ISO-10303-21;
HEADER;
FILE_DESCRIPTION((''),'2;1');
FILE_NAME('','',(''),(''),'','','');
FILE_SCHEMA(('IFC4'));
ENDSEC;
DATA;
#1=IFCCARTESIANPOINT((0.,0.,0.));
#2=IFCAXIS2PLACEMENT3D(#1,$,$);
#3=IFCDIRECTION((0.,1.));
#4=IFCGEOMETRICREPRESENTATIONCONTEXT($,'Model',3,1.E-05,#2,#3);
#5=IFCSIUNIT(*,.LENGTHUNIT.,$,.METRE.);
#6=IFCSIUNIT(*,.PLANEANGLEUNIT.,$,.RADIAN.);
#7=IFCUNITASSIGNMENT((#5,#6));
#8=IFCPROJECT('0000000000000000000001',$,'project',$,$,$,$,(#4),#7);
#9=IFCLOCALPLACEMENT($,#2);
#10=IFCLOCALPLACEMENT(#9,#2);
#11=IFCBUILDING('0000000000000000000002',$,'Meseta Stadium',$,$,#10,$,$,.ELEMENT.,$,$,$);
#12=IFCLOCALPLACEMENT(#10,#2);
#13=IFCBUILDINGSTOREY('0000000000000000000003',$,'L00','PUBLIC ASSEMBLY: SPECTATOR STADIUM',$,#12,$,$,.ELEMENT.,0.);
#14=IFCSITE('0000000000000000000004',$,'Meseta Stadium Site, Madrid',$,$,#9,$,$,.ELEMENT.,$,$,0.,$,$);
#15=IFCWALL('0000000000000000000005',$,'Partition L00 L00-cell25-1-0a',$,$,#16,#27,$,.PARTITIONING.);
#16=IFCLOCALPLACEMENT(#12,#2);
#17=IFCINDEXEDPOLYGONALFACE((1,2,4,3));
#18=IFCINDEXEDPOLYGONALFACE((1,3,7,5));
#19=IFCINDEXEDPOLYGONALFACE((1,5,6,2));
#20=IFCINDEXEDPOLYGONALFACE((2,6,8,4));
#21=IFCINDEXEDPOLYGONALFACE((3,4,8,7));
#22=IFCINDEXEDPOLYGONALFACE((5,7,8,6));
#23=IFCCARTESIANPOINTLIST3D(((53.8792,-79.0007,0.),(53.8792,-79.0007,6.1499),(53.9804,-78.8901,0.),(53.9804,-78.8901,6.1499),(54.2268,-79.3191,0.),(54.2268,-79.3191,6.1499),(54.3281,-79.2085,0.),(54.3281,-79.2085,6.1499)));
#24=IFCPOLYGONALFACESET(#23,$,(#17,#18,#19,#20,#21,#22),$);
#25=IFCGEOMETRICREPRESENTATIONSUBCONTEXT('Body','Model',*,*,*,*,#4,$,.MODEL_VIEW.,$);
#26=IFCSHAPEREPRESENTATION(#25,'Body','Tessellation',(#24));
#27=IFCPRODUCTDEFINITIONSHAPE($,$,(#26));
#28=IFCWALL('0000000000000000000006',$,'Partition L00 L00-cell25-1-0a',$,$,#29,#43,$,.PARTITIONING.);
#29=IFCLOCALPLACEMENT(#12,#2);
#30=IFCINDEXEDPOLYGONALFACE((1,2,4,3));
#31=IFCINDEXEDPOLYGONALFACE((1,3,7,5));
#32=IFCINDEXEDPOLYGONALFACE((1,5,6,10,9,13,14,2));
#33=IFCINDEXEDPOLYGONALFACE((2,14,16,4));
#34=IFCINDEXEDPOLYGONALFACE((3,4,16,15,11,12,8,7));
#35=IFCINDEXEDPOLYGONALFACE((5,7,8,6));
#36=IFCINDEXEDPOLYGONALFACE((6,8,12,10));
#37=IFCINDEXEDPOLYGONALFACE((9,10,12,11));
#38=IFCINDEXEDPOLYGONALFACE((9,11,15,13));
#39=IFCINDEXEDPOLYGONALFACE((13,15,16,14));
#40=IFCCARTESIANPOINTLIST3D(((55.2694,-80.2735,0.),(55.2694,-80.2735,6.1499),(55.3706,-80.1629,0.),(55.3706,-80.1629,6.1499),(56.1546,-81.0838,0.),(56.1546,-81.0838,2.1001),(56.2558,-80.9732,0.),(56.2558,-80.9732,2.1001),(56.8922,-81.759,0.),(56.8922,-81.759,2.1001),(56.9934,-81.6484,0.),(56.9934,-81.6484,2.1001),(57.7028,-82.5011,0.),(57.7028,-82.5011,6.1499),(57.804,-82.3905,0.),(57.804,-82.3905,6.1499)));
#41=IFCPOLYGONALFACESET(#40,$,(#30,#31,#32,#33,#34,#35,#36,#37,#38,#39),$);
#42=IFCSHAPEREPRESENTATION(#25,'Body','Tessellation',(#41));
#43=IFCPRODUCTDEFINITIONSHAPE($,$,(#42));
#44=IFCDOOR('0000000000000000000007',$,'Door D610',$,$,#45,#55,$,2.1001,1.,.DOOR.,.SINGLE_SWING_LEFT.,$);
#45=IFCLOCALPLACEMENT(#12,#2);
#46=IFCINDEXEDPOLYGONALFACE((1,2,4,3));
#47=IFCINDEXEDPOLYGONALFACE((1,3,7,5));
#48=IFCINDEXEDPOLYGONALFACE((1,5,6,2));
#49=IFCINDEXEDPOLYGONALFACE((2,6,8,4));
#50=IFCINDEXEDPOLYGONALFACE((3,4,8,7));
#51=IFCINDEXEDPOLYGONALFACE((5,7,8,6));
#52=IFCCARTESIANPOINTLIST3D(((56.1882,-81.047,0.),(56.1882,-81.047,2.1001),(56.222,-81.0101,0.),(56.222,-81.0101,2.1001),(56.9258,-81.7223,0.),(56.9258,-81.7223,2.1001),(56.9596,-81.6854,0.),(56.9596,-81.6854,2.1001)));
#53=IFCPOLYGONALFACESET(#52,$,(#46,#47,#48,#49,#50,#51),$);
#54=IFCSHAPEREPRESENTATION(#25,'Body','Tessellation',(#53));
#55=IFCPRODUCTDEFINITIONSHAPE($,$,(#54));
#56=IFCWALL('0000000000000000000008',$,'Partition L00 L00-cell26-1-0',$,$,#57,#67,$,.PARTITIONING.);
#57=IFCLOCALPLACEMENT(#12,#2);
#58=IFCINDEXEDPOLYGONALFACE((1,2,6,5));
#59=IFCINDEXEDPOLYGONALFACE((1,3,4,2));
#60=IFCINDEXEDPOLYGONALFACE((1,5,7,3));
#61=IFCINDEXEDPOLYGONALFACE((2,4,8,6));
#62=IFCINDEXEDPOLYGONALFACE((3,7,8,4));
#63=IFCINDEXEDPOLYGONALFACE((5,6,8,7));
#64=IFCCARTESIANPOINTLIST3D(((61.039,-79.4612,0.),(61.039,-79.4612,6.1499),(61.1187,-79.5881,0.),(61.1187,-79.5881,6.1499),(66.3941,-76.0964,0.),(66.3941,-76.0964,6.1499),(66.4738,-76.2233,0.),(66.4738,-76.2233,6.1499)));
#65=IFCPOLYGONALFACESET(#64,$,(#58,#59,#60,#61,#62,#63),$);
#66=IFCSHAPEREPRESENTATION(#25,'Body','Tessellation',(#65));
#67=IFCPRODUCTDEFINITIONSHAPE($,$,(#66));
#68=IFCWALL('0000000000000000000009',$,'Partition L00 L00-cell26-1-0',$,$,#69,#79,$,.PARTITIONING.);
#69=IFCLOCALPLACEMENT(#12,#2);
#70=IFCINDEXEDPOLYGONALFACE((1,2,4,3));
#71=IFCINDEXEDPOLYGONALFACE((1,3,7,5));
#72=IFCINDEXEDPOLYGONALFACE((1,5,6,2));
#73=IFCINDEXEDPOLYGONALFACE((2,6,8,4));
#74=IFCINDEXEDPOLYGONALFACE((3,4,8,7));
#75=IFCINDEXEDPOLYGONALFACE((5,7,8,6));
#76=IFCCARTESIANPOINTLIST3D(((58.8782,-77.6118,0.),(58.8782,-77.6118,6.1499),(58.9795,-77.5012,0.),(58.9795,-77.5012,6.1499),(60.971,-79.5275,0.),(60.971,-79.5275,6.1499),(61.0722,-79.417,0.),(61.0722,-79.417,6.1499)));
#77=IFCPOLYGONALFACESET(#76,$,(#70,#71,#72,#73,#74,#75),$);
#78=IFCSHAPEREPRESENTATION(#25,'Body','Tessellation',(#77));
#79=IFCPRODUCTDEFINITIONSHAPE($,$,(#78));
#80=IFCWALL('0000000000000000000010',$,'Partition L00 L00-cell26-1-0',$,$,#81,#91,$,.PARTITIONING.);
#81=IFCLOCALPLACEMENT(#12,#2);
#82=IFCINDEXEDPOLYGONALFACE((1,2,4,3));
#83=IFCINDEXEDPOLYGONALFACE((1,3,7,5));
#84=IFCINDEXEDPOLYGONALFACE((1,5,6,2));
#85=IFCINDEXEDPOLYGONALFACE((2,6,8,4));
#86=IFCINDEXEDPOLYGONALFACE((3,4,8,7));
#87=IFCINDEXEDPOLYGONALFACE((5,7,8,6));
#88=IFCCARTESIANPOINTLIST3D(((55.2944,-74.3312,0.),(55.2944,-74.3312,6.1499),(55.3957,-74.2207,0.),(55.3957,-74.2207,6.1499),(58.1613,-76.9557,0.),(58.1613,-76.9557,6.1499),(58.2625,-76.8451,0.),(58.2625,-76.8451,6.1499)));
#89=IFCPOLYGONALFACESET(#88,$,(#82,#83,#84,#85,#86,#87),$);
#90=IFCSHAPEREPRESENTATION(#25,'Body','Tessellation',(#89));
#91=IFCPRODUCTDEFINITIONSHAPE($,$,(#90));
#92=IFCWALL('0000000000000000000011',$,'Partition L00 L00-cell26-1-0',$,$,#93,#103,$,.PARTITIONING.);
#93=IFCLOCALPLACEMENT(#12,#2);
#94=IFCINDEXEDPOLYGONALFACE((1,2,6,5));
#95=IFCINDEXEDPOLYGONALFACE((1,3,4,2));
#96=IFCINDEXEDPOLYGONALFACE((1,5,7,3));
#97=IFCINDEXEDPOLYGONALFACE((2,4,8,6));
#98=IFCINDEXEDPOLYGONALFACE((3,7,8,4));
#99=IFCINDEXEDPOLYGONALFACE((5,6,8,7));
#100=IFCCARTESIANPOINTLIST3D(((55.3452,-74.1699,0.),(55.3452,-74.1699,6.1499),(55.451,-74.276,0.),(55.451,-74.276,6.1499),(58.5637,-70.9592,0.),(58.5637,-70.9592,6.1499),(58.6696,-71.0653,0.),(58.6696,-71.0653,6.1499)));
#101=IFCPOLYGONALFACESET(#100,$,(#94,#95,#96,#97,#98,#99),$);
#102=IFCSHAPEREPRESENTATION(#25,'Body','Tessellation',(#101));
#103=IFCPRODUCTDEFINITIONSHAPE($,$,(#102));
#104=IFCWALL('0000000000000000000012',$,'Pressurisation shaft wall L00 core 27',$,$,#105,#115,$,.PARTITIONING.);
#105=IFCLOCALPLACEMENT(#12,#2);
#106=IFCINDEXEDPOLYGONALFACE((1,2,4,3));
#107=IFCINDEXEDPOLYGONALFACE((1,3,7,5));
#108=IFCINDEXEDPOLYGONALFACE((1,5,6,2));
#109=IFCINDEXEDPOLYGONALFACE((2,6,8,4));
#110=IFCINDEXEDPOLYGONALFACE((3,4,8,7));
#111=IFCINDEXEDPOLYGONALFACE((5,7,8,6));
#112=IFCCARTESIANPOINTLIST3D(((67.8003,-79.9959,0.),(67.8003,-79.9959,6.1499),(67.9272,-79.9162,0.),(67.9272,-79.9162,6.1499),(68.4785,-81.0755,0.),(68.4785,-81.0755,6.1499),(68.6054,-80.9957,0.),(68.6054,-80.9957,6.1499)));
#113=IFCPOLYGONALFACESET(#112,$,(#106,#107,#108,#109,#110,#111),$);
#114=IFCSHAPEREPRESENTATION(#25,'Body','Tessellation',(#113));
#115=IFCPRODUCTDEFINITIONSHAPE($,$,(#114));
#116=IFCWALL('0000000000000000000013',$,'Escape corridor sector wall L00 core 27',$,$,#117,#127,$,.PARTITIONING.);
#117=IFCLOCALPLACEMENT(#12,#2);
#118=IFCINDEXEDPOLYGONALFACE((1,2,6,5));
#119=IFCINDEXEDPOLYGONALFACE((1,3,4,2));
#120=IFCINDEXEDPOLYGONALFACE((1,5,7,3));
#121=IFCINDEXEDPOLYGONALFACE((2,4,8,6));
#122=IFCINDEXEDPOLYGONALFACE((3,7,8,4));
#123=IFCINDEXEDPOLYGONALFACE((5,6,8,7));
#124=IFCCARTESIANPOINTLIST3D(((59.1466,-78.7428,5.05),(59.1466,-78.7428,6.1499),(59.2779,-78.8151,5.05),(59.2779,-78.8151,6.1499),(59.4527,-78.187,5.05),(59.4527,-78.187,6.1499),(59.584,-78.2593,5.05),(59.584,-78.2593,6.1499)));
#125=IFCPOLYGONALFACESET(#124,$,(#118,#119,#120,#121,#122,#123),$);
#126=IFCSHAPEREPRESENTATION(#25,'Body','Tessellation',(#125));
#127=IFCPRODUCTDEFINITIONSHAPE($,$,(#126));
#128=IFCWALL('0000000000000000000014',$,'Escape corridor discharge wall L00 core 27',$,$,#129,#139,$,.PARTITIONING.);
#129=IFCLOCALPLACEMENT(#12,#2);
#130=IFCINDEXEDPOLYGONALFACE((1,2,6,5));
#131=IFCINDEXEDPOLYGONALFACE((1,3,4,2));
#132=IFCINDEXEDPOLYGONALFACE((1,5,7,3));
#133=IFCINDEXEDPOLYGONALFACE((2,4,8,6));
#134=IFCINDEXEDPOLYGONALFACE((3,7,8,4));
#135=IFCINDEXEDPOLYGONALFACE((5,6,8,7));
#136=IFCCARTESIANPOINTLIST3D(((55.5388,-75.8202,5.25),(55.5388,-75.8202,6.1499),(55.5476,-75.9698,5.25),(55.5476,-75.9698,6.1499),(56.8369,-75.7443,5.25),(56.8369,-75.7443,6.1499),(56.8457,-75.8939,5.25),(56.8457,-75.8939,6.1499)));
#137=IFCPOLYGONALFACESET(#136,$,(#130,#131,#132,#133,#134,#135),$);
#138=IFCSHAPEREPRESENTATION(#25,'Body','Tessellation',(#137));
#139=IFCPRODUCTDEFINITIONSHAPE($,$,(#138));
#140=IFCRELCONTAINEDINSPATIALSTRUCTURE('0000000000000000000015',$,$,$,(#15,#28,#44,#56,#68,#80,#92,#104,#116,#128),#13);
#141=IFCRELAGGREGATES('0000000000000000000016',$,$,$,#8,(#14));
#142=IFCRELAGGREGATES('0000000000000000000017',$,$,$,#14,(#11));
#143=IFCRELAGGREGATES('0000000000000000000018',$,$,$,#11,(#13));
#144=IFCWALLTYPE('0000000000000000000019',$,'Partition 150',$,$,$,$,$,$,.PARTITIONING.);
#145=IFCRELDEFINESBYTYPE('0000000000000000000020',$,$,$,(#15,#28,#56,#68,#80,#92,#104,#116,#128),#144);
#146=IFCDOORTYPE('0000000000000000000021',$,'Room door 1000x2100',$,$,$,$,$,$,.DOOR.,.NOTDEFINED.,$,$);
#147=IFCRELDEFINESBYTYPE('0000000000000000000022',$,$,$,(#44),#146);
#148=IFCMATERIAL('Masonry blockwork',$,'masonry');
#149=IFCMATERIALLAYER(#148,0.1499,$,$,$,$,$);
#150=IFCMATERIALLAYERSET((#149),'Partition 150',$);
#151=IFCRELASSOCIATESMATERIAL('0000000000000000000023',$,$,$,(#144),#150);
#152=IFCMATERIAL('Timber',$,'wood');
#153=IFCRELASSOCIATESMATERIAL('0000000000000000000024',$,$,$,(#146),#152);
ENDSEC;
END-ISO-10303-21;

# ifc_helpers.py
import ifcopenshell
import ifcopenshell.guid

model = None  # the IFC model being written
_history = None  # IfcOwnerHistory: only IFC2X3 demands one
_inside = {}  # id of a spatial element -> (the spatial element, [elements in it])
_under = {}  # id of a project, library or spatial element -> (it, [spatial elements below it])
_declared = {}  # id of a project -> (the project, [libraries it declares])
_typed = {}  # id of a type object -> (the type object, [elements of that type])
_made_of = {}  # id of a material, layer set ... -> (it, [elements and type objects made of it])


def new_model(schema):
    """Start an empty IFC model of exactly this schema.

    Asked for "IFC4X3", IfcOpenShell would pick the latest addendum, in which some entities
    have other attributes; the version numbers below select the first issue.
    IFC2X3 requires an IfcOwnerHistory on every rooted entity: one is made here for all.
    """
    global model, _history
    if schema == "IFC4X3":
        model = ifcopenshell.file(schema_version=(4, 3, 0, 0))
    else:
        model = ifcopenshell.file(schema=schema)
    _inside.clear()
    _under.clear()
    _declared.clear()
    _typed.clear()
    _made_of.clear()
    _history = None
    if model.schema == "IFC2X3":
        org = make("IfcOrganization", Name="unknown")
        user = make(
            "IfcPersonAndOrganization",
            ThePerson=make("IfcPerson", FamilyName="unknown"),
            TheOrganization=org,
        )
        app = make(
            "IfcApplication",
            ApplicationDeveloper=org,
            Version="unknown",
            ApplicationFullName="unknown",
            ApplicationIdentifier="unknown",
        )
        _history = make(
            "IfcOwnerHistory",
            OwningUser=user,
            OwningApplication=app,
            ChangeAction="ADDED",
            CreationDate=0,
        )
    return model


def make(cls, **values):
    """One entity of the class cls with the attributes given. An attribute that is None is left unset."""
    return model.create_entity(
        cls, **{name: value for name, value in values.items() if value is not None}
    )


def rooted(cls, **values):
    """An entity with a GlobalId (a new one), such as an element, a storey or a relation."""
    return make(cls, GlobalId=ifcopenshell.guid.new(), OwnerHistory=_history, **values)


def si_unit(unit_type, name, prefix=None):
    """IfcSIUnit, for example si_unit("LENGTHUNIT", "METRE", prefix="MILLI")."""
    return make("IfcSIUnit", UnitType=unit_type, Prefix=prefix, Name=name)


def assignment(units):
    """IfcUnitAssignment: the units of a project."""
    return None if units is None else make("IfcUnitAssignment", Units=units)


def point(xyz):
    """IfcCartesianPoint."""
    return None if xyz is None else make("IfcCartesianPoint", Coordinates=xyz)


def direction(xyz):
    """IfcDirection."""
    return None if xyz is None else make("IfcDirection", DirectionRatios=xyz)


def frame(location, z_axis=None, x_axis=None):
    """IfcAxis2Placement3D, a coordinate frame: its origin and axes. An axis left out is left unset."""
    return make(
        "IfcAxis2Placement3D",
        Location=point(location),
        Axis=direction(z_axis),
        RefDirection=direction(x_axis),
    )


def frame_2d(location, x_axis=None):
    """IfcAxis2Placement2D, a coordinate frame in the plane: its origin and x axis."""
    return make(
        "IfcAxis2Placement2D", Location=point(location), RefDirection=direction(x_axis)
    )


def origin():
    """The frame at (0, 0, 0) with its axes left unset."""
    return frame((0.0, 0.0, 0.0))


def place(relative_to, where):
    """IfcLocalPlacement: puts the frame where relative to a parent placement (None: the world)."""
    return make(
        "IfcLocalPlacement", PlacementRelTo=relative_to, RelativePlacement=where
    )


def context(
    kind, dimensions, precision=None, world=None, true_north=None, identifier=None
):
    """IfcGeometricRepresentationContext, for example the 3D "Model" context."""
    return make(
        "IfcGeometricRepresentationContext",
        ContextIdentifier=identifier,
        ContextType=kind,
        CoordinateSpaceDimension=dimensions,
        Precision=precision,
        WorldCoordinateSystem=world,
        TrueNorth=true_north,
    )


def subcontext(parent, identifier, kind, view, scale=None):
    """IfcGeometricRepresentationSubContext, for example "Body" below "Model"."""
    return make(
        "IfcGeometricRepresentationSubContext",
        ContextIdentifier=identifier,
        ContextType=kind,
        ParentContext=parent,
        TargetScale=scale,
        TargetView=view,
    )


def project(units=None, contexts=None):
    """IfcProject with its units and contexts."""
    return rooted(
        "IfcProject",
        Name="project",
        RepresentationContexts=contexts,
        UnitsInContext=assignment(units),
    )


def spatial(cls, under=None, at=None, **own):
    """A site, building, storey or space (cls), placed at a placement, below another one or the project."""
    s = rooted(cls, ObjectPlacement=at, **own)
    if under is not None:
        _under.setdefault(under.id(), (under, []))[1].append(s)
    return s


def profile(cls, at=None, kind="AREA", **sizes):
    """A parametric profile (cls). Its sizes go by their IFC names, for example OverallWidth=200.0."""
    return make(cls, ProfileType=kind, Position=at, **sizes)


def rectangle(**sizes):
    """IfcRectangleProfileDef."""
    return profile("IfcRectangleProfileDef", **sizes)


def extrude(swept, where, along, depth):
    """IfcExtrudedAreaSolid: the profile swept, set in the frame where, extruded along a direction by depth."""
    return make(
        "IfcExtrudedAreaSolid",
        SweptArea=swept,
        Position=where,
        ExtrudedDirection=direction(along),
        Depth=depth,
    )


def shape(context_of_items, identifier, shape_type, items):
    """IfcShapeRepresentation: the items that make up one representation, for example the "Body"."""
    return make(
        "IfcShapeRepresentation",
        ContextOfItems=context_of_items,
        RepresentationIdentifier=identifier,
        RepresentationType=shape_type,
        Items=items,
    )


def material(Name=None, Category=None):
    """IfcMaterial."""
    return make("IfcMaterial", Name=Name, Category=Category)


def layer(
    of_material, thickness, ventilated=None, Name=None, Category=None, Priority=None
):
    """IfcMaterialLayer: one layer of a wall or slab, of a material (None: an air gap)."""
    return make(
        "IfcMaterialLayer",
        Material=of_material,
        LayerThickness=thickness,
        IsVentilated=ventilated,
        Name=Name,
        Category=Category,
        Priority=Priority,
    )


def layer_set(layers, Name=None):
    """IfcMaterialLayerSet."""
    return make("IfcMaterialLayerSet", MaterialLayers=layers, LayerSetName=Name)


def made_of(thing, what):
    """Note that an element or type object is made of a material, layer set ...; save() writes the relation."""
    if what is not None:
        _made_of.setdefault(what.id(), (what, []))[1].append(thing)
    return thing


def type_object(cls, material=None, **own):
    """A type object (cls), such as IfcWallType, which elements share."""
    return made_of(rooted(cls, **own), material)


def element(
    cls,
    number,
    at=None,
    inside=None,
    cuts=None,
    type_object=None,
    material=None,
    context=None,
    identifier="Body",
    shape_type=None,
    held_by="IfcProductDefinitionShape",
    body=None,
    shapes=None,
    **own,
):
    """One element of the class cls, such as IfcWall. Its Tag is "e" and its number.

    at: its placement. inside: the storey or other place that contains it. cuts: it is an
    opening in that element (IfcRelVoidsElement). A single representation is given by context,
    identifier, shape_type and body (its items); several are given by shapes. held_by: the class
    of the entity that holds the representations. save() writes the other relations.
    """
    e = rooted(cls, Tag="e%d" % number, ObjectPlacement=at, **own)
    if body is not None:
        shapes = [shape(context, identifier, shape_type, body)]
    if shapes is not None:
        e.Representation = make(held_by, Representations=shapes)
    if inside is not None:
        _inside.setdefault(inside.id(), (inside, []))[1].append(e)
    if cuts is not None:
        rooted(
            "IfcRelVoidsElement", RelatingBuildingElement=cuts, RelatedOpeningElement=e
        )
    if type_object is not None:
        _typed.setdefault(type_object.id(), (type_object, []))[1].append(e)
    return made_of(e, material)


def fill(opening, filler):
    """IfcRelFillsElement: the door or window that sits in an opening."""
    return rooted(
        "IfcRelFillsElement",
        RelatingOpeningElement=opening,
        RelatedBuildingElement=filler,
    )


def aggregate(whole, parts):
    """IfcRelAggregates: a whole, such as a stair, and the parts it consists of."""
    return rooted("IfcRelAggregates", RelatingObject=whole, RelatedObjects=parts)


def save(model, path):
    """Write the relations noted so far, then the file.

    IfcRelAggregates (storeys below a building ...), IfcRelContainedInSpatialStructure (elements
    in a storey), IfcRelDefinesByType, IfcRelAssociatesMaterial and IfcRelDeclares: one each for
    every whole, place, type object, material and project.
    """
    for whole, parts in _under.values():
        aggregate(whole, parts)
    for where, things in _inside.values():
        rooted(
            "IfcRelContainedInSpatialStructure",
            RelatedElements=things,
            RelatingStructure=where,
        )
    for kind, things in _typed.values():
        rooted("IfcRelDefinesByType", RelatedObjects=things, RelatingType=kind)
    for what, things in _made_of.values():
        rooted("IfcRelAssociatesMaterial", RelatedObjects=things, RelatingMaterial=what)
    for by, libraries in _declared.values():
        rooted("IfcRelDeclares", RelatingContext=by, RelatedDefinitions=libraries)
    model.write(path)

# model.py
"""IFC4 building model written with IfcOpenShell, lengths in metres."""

from ifc_helpers import new_model, si_unit, direction, frame, frame_2d, origin, place, context, subcontext, project, spatial, rectangle, extrude, material, layer, layer_set, type_object, element, fill, save


model = new_model("IFC4")

# Units and contexts
model_context = context("Model", 3, precision=1e-05, world=origin(), true_north=direction((0.0, 1.0)))
body_context = subcontext(model_context, "Body", "Model", "MODEL_VIEW")
ifc_project = project(units=[si_unit("LENGTHUNIT", "METRE"), si_unit("PLANEANGLEUNIT", "RADIAN")], contexts=[model_context])

# Site, building, storey
site_placement = place(None, origin())
site = spatial("IfcSite", under=ifc_project, at=site_placement, Name="Meseta Stadium Site, Madrid", CompositionType="ELEMENT", RefElevation=0.0)
building_placement = place(site_placement, origin())
building = spatial("IfcBuilding", under=site, at=building_placement, Name="Meseta Stadium", CompositionType="ELEMENT")
storey_placement = place(building_placement, origin())
storey = spatial("IfcBuildingStorey", under=building, at=storey_placement, Name="L00", Description="PUBLIC ASSEMBLY: SPECTATOR STADIUM", CompositionType="ELEMENT", Elevation=0.0)

# Wall
ifc_material_1 = material(Name="Masonry blockwork", Category="masonry")
ifc_layer_1 = layer(ifc_material_1, 0.1499)
ifc_layer_set_1 = layer_set([ifc_layer_1], Name="Partition 150")
wall_type_1 = type_object("IfcWallType", Name="Partition 150", PredefinedType="PARTITIONING", material=ifc_layer_set_1)
wall_1_placement = place(storey_placement, frame((53.9297, -78.9453, 0.0), z_axis=(0.0, 0.0, 1.0), x_axis=(0.737498, -0.675349, 0.0)))
element("IfcWall", 1, at=wall_1_placement, inside=storey, type_object=wall_type_1, Name="Partition L00 L00-cell25-1-0a", PredefinedType="PARTITIONING", context=body_context, shape_type="SweptSolid", body=[
    extrude(rectangle(XDim=0.4714, YDim=0.1499, at=frame_2d((0.2358, 0.0))), origin(), (0.0, 0.0, 1.0), 6.1499),
])

# Wall, opening, door
wall_2_placement = place(storey_placement, frame((55.3201, -80.2183, 0.0), z_axis=(0.0, 0.0, 1.0), x_axis=(0.737612, -0.675225, 0.0)))
wall_2 = element("IfcWall", 2, at=wall_2_placement, inside=storey, type_object=wall_type_1, Name="Partition L00 L00-cell25-1-0a", PredefinedType="PARTITIONING", context=body_context, shape_type="SweptSolid", body=[
    extrude(rectangle(XDim=3.2991, YDim=0.1499, at=frame_2d((1.6494, 0.0))), origin(), (0.0, 0.0, 1.0), 6.1499),
])
opening_1_placement = place(wall_2_placement, frame((1.2, 0.0, 0.0)))
opening_1 = element("IfcOpeningElement", 3, at=opening_1_placement, cuts=wall_2, PredefinedType="OPENING", context=body_context, shape_type="SweptSolid", body=[
    extrude(rectangle(XDim=1.0, YDim=2.1001, at=frame_2d((0.5, 1.05))), frame((0.0, 0.085, 0.0), z_axis=(0.0, -1.0, 0.0), x_axis=(1.0, 0.0, 0.0)), (0.0, 0.0, 1.0), 0.1699),
])
ifc_material_2 = material(Name="Timber", Category="wood")
door_type_1 = type_object("IfcDoorType", Name="Room door 1000x2100", OperationType="NOTDEFINED", PredefinedType="DOOR", material=ifc_material_2)
door_1_placement = place(opening_1_placement, origin())
door_1 = element("IfcDoor", 4, at=door_1_placement, inside=storey, type_object=door_type_1, Name="Door D610", OperationType="SINGLE_SWING_LEFT", OverallHeight=2.1001, OverallWidth=1.0, PredefinedType="DOOR", context=body_context, shape_type="SweptSolid", body=[
    extrude(rectangle(XDim=1.0, YDim=2.1001, at=frame_2d((0.5, 1.05))), frame((0.0, 0.0249, 0.0), z_axis=(0.0, -1.0, 0.0), x_axis=(1.0, 0.0, 0.0)), (0.0, 0.0, 1.0), 0.05),
])
fill(opening_1, door_1)

# Walls
wall_3_placement = place(storey_placement, frame((66.4338, -76.1599, 0.0), z_axis=(0.0, 0.0, 1.0), x_axis=(-0.846725, -0.532031, 0.0)))
element("IfcWall", 5, at=wall_3_placement, inside=storey, type_object=wall_type_1, Name="Partition L00 L00-cell26-1-0", PredefinedType="PARTITIONING", context=body_context, shape_type="SweptSolid", body=[
    extrude(rectangle(XDim=6.3245, YDim=0.1499, at=frame_2d((3.1621, 0.0))), origin(), (0.0, 0.0, 1.0), 6.1499),
])
wall_4_placement = place(storey_placement, frame((61.0215, -79.4722, 0.0), z_axis=(0.0, 0.0, 1.0), x_axis=(-0.737611, 0.675226, 0.0)))
element("IfcWall", 6, at=wall_4_placement, inside=storey, type_object=wall_type_1, Name="Partition L00 L00-cell26-1-0", PredefinedType="PARTITIONING", context=body_context, shape_type="SweptSolid", body=[
    extrude(rectangle(XDim=2.8372, YDim=0.1499, at=frame_2d((1.4185, 0.0))), origin(), (0.0, 0.0, 1.0), 6.1499),
])
wall_5_placement = place(storey_placement, frame((58.2119, -76.9004, 0.0), z_axis=(0.0, 0.0, 1.0), x_axis=(-0.737605, 0.675232, 0.0)))
element("IfcWall", 7, at=wall_5_placement, inside=storey, type_object=wall_type_1, Name="Partition L00 L00-cell26-1-0", PredefinedType="PARTITIONING", context=body_context, shape_type="SweptSolid", body=[
    extrude(rectangle(XDim=3.8867, YDim=0.1499, at=frame_2d((1.9434, 0.0))), origin(), (0.0, 0.0, 1.0), 6.1499),
])
wall_6_placement = place(storey_placement, frame((55.3982, -74.2229, 0.0), z_axis=(0.0, 0.0, 1.0), x_axis=(0.707966, 0.706247, 0.0)))
element("IfcWall", 8, at=wall_6_placement, inside=storey, type_object=wall_type_1, Name="Partition L00 L00-cell26-1-0", PredefinedType="PARTITIONING", context=body_context, shape_type="SweptSolid", body=[
    extrude(rectangle(XDim=4.5461, YDim=0.1499, at=frame_2d((2.2729, 0.0))), origin(), (0.0, 0.0, 1.0), 6.1499),
])
wall_7_placement = place(storey_placement, frame((67.8638, -79.9561, 0.0), z_axis=(0.0, 0.0, 1.0), x_axis=(0.53196, -0.84677, 0.0)))
element("IfcWall", 9, at=wall_7_placement, inside=storey, type_object=wall_type_1, Name="Pressurisation shaft wall L00 core 27", PredefinedType="PARTITIONING", context=body_context, shape_type="SweptSolid", body=[
    extrude(rectangle(XDim=1.2749, YDim=0.1499, at=frame_2d((0.6375, 0.0))), origin(), (0.0, 0.0, 1.0), 6.1499),
])
wall_8_placement = place(storey_placement, frame((59.2122, -78.7791, 5.05), z_axis=(0.0, 0.0, 1.0), x_axis=(0.482406, 0.875948, 0.0)))
element("IfcWall", 10, at=wall_8_placement, inside=storey, type_object=wall_type_1, Name="Escape corridor sector wall L00 core 27", PredefinedType="PARTITIONING", context=body_context, shape_type="SweptSolid", body=[
    extrude(rectangle(XDim=0.6345, YDim=0.1499, at=frame_2d((0.3174, 0.0))), origin(), (0.0, 0.0, 1.0), 1.0999),
])
wall_9_placement = place(storey_placement, frame((55.5432, -75.895, 5.25), z_axis=(0.0, 0.0, 1.0), x_axis=(0.998294, 0.058392, 0.0)))
element("IfcWall", 11, at=wall_9_placement, inside=storey, type_object=wall_type_1, Name="Escape corridor discharge wall L00 core 27", PredefinedType="PARTITIONING", context=body_context, shape_type="SweptSolid", body=[
    extrude(rectangle(XDim=1.3003, YDim=0.1499, at=frame_2d((0.6501, 0.0))), origin(), (0.0, 0.0, 1.0), 0.8999),
])

save(model, "model.ifc")
